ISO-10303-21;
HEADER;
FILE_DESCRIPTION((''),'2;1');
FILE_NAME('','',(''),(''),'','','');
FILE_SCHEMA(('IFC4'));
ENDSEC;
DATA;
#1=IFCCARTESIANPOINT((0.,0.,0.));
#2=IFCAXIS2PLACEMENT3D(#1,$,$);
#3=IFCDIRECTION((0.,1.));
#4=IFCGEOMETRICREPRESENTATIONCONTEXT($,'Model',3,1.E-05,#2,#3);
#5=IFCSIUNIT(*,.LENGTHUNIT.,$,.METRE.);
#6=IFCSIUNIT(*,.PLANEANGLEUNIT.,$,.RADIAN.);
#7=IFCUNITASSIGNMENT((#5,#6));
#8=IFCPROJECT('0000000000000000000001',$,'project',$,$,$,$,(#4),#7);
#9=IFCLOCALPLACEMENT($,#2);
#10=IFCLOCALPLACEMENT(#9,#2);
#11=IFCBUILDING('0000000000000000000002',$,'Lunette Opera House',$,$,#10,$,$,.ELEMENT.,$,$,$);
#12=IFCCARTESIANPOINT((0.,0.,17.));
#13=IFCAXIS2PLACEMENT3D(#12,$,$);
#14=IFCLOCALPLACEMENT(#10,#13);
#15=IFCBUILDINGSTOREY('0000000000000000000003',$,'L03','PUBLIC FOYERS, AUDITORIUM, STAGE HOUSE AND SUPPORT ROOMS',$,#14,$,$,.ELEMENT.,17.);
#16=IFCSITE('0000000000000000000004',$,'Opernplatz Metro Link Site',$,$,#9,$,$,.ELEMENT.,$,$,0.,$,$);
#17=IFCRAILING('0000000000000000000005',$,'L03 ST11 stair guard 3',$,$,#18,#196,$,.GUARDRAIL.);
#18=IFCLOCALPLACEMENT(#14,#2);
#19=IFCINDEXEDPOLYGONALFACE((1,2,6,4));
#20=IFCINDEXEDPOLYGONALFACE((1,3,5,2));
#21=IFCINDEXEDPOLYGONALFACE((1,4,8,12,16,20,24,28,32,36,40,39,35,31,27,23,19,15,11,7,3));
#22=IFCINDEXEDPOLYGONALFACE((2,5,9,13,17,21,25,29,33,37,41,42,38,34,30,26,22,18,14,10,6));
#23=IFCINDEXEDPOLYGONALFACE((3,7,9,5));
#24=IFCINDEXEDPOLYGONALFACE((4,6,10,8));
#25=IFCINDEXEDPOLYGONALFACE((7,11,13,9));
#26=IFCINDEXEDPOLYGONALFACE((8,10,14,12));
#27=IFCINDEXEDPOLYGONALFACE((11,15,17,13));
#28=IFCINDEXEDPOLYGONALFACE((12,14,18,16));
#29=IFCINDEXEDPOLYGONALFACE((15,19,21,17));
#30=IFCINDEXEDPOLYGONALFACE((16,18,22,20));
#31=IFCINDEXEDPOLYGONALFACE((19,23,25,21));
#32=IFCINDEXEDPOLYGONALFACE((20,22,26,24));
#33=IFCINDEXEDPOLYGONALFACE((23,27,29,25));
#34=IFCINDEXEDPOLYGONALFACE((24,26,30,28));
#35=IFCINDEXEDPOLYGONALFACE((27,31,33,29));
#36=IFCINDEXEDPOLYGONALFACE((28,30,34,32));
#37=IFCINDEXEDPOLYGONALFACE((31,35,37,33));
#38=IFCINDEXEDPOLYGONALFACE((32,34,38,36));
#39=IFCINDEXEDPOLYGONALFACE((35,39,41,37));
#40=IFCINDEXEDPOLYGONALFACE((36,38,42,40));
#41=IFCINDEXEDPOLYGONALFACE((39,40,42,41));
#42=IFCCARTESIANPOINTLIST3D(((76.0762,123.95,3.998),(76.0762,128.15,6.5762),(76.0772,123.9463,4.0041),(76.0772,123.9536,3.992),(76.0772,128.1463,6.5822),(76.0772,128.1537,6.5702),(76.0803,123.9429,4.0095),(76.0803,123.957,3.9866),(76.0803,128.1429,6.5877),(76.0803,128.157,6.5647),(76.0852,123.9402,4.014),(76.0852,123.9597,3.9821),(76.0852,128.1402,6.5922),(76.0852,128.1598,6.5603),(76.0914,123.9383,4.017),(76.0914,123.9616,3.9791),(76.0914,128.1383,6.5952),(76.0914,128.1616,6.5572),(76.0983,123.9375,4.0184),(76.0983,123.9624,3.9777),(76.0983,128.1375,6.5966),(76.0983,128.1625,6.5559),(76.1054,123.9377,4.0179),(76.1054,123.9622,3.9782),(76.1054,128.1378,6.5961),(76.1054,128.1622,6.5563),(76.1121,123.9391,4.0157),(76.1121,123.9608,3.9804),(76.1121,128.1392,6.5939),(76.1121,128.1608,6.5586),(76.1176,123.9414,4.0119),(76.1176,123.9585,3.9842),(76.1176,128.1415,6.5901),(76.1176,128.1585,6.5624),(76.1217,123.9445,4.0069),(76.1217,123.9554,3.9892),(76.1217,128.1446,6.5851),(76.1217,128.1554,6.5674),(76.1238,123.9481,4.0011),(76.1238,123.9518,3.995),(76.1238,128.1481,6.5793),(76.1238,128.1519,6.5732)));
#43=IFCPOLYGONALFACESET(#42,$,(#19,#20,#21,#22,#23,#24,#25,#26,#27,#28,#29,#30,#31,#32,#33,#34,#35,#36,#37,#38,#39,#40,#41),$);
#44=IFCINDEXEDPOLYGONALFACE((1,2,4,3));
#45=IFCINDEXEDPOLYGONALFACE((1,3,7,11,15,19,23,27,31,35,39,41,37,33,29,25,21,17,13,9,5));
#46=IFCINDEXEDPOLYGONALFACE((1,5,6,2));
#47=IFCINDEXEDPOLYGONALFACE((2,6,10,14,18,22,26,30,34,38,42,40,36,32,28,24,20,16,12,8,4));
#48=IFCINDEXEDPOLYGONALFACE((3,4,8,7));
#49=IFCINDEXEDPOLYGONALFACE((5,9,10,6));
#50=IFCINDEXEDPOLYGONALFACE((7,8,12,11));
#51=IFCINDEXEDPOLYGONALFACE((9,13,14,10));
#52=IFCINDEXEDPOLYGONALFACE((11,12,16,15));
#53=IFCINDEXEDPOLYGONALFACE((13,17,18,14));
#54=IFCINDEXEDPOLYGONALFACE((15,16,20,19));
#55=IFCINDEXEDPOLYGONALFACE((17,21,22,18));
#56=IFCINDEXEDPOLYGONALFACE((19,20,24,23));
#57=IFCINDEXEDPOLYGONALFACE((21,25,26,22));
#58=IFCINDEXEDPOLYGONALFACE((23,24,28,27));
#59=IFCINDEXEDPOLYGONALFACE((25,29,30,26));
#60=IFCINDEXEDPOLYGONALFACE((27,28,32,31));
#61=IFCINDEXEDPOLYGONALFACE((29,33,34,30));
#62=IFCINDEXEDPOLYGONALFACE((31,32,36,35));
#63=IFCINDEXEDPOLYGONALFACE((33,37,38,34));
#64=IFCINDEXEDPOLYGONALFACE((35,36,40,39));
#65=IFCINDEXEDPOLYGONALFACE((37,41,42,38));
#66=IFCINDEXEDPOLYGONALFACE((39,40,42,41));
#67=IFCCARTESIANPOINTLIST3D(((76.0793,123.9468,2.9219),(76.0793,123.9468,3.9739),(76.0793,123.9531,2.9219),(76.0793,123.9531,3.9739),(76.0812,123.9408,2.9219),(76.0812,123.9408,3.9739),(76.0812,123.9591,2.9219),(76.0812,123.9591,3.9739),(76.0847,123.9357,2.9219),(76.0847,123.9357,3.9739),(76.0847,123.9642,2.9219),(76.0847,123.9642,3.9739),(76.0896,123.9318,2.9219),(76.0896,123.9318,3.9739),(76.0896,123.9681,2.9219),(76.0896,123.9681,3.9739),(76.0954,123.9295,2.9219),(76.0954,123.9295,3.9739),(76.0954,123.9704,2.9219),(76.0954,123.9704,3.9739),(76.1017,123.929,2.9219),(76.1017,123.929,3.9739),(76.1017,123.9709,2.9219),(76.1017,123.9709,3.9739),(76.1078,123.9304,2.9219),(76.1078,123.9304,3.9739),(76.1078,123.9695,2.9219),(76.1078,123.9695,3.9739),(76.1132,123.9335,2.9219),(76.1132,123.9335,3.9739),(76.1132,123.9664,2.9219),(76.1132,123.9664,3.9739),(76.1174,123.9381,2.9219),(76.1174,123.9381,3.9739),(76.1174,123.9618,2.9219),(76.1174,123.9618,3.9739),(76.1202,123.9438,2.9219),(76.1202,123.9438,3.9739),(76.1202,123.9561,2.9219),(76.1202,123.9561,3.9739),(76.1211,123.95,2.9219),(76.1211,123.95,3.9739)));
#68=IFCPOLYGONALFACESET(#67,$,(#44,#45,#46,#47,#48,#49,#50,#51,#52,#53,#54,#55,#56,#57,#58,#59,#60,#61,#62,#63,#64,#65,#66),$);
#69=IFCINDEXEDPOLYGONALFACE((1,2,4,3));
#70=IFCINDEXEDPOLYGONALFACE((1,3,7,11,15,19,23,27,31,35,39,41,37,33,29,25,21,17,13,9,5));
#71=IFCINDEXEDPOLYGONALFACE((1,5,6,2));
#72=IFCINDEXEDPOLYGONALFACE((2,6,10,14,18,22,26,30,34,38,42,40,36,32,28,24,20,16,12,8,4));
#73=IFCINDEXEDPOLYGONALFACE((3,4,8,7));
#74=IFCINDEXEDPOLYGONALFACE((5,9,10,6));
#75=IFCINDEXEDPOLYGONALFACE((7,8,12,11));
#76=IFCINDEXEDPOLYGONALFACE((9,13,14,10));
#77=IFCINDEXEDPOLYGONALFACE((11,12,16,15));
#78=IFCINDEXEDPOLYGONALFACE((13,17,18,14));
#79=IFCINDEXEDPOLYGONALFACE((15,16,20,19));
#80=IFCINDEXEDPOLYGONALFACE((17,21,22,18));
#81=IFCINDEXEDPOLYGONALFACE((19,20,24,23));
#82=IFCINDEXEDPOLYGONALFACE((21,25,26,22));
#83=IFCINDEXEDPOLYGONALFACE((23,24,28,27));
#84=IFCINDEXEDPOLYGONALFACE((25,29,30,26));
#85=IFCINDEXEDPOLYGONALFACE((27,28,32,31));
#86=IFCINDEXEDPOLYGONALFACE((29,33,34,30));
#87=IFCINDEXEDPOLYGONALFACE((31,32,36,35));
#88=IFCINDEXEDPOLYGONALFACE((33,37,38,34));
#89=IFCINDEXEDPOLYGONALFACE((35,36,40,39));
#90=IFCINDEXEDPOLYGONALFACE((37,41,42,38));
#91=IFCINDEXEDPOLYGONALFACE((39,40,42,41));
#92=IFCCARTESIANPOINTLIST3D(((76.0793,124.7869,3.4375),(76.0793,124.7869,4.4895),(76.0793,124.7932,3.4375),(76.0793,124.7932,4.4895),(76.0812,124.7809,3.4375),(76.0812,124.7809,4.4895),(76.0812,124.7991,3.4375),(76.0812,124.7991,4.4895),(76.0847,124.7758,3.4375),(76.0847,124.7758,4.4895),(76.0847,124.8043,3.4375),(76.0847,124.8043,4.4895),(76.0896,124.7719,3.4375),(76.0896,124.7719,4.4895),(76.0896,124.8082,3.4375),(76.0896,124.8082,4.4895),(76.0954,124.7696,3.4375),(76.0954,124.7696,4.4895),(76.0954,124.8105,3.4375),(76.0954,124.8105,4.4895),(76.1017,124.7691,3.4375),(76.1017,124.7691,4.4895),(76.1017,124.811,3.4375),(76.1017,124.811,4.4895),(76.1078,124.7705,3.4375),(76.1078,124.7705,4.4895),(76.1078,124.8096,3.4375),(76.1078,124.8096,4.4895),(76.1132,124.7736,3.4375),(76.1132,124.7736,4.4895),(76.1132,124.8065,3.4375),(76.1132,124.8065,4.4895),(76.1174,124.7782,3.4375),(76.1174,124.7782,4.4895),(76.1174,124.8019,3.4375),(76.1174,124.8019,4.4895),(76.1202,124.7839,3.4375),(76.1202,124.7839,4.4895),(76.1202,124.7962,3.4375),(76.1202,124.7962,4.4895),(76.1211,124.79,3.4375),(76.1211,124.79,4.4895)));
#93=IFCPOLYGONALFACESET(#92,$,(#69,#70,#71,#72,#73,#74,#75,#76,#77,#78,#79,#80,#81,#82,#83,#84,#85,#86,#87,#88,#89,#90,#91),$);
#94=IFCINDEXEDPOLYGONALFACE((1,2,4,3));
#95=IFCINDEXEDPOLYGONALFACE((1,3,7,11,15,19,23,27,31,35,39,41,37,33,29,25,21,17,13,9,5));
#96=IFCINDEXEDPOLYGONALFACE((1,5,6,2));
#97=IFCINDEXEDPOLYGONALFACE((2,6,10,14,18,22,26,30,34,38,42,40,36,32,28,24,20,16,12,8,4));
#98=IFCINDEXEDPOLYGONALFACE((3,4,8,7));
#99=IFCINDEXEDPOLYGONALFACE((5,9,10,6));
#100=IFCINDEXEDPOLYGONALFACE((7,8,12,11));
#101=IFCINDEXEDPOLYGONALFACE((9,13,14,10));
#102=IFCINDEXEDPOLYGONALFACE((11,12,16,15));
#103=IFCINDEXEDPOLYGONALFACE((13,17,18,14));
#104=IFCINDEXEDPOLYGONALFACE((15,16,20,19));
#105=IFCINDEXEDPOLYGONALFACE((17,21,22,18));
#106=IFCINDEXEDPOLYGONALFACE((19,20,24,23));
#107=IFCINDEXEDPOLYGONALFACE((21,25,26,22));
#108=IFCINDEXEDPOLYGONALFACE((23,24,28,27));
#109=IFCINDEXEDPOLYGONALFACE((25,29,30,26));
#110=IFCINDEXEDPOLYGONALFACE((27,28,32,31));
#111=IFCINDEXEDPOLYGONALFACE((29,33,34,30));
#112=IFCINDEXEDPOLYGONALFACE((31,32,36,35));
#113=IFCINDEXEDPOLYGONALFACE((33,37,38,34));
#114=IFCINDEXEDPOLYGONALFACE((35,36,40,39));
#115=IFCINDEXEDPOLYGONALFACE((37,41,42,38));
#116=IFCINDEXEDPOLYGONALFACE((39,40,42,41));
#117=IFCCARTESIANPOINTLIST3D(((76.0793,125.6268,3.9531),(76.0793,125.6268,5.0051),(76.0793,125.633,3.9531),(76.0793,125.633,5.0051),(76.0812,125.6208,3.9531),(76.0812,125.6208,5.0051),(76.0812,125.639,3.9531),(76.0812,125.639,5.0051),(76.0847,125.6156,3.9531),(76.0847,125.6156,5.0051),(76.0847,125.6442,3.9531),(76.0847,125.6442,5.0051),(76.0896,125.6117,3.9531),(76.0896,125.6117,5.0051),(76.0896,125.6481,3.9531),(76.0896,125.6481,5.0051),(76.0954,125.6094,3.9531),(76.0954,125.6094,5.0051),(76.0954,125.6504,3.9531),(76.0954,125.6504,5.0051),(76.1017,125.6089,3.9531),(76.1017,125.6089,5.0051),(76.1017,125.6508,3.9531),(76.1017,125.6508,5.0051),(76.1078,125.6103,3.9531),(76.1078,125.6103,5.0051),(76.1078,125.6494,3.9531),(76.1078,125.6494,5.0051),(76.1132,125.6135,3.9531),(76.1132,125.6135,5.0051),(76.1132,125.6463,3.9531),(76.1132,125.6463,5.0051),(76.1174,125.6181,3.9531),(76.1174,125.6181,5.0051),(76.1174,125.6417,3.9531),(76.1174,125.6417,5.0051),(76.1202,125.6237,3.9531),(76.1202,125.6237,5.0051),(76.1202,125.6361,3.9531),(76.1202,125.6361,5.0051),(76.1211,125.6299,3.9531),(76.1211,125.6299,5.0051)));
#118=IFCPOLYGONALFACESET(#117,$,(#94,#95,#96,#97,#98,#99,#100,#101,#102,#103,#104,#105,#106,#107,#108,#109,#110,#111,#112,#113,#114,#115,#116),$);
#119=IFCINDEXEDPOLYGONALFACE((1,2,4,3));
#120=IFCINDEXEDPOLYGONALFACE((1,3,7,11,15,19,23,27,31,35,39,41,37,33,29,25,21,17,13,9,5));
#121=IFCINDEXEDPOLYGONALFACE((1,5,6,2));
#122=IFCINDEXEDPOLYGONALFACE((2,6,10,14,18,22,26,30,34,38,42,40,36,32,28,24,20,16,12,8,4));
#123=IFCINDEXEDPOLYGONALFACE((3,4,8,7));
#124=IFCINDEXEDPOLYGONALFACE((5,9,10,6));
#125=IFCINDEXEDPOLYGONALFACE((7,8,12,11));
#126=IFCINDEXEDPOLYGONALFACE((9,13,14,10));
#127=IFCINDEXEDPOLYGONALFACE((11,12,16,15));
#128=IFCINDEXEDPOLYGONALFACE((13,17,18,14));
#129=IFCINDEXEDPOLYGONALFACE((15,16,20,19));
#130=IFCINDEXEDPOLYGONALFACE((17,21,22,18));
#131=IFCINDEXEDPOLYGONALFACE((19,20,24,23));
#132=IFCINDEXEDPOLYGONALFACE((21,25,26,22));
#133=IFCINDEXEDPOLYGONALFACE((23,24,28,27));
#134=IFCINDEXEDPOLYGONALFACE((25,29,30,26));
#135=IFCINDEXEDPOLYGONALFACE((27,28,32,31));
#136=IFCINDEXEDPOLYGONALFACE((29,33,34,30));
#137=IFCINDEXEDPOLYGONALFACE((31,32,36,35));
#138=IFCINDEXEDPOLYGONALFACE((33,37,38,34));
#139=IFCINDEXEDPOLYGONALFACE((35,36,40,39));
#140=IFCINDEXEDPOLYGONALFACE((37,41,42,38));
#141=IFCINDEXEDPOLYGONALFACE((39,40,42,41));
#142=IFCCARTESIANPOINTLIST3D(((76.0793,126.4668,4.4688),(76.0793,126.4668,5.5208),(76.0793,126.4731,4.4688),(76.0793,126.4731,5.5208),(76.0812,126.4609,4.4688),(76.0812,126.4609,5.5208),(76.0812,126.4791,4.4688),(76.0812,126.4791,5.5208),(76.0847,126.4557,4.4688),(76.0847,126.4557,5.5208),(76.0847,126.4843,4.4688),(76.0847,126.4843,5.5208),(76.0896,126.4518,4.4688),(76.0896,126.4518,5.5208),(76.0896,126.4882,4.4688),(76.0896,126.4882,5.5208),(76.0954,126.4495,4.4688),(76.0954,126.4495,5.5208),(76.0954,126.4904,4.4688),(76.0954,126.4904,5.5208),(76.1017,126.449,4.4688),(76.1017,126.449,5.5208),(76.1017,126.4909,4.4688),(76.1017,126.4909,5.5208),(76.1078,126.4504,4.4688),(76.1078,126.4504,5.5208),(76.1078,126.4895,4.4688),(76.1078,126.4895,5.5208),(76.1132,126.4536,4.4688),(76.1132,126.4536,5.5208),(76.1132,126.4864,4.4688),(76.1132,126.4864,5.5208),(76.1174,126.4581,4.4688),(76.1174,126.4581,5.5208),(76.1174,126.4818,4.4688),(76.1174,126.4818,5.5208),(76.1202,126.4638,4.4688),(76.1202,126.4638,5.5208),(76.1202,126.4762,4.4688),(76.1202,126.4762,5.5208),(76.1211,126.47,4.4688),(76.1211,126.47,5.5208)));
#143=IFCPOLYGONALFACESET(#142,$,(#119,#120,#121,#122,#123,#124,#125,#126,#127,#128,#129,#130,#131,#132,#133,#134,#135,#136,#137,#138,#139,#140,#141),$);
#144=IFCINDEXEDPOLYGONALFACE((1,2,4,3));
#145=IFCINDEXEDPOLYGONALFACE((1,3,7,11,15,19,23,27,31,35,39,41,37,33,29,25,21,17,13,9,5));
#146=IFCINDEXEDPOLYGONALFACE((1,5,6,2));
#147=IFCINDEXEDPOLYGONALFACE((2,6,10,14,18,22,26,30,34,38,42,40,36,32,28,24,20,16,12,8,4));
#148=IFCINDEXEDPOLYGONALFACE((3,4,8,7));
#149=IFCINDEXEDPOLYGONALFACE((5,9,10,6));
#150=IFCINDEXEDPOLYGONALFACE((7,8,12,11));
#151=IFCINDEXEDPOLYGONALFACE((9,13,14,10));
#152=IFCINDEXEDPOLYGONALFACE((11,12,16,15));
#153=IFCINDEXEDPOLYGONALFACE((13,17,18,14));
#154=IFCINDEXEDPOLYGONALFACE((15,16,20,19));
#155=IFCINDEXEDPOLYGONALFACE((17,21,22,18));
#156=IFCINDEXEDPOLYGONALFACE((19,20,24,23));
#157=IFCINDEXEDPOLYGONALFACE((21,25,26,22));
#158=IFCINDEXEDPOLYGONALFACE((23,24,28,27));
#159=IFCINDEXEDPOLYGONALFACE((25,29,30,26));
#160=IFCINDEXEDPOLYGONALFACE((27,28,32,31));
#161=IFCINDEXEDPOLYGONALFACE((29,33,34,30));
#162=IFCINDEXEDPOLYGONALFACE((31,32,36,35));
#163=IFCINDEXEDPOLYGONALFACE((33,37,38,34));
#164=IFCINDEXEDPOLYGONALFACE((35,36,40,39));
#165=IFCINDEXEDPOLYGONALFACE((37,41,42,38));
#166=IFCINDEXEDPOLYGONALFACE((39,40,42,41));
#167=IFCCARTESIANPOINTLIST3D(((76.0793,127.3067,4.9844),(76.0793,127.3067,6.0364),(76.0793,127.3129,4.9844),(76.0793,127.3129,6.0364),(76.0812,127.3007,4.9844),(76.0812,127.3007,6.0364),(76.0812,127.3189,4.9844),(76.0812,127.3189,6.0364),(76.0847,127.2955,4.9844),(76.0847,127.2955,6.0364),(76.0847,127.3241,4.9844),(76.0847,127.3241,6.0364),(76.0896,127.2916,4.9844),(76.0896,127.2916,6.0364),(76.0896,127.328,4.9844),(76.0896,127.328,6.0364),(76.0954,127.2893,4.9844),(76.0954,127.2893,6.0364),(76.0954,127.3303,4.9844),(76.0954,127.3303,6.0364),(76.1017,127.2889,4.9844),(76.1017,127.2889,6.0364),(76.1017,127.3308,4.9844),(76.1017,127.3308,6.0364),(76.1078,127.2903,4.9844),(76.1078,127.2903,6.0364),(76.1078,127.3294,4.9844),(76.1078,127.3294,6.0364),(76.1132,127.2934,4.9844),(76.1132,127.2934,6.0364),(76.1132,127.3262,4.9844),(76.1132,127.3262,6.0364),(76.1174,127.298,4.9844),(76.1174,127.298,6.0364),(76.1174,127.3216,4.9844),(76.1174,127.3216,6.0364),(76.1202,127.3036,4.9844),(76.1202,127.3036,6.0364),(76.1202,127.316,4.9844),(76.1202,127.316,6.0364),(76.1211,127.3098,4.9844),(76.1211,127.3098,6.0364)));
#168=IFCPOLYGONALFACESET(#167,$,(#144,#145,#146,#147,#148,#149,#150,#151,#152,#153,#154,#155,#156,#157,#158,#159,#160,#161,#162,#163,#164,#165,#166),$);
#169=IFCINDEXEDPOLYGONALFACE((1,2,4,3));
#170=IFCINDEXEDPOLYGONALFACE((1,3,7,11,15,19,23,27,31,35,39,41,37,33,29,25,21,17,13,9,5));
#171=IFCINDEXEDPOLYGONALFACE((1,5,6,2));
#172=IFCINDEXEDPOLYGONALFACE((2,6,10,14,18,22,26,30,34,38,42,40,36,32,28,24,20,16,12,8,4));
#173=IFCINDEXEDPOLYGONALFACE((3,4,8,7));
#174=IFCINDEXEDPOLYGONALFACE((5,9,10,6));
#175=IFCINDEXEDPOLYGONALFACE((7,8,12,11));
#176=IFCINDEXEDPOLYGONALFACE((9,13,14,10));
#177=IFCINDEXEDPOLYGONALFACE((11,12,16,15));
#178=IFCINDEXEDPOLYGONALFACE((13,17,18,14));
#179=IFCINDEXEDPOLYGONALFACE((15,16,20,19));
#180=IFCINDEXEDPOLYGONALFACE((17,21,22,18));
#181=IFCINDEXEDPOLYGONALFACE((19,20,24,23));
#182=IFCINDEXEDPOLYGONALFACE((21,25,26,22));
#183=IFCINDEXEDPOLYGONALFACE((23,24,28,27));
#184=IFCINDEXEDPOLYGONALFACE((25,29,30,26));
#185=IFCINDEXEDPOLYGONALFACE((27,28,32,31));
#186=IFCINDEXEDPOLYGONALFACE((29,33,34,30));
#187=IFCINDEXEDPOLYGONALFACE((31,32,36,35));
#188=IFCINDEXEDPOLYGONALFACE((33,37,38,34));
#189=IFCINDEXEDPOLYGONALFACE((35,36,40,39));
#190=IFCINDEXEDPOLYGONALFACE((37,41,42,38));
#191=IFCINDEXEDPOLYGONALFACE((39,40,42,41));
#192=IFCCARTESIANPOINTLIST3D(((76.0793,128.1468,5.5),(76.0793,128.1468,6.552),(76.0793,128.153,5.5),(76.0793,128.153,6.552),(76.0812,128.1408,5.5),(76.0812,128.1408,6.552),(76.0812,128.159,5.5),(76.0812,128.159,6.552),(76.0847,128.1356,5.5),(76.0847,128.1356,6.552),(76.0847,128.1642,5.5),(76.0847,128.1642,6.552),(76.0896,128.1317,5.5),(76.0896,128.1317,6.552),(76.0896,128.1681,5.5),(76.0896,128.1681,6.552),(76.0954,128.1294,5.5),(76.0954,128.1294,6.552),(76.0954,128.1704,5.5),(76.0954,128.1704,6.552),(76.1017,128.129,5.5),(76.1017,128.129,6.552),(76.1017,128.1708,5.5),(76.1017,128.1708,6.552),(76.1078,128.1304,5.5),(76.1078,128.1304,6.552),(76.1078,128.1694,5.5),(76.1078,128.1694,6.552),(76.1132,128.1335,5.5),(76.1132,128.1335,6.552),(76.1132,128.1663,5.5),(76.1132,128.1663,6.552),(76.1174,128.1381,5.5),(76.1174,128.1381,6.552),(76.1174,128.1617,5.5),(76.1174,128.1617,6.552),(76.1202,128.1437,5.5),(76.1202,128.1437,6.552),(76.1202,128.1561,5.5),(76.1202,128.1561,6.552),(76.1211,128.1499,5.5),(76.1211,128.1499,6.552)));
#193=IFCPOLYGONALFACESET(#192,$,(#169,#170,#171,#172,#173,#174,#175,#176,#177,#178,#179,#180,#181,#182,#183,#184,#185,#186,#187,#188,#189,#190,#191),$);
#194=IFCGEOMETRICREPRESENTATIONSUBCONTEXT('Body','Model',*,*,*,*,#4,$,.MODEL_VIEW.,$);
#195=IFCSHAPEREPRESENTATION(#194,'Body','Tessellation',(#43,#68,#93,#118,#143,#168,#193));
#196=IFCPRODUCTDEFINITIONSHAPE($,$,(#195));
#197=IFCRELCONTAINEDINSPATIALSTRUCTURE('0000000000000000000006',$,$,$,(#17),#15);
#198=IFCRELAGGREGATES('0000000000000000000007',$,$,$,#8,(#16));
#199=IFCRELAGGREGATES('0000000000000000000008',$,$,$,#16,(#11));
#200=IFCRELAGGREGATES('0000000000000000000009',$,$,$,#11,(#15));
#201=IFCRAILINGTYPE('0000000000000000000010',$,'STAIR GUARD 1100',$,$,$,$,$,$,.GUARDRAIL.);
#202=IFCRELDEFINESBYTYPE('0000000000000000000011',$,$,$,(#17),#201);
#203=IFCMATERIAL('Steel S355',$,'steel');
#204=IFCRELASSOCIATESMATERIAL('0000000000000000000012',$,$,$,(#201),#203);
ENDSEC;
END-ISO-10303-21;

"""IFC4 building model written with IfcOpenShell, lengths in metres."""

from ifc_helpers import new_model, si_unit, direction, frame, origin, origin_2d, place, context, subcontext, project, spatial, circle, extrude, material, type_object, element, save


model = new_model("IFC4")

# Units and contexts
model_context = context("Model", 3, precision=1e-05, world=origin(), true_north=direction((0.0, 1.0)))
body_context = subcontext(model_context, "Body", "Model", "MODEL_VIEW")
ifc_project = project(units=[si_unit("LENGTHUNIT", "METRE"), si_unit("PLANEANGLEUNIT", "RADIAN")], contexts=[model_context])

# Site, building, storey
site_placement = place(None, origin())
site = spatial("IfcSite", under=ifc_project, at=site_placement, Name="Opernplatz Metro Link Site", CompositionType="ELEMENT", RefElevation=0.0)
building_placement = place(site_placement, origin())
building = spatial("IfcBuilding", under=site, at=building_placement, Name="Lunette Opera House", CompositionType="ELEMENT")
storey_placement = place(building_placement, frame((0.0, 0.0, 17.0)))
storey = spatial("IfcBuildingStorey", under=building, at=storey_placement, Name="L03", Description="PUBLIC FOYERS, AUDITORIUM, STAGE HOUSE AND SUPPORT ROOMS", CompositionType="ELEMENT", Elevation=17.0)

# Railing
ifc_material_1 = material(Name="Steel S355", Category="steel")
railing_type_1 = type_object("IfcRailingType", Name="STAIR GUARD 1100", PredefinedType="GUARDRAIL", material=ifc_material_1)
railing_1_placement = place(storey_placement, frame((76.1001, 123.95, 2.9219)))
element("IfcRailing", 1, at=railing_1_placement, inside=storey, type_object=railing_type_1, Name="L03 ST11 stair guard 3", PredefinedType="GUARDRAIL", context=body_context, shape_type="SweptSolid", body=[
    extrude(circle(Radius=0.0239, at=origin_2d()), frame((0.0, 0.0, 1.0762), z_axis=(0.0, 0.852243, 0.523146), x_axis=(-1.0, 0.0, 0.0)), (0.0, 0.0, 1.0), 4.9282),
    extrude(circle(Radius=0.021, at=origin_2d()), origin(), (0.0, 0.0, 1.0), 1.052),
    extrude(circle(Radius=0.021, at=origin_2d()), frame((0.0, 0.8401, 0.5156)), (0.0, 0.0, 1.0), 1.052),
    extrude(circle(Radius=0.021, at=origin_2d()), frame((0.0, 1.6799, 1.0312)), (0.0, 0.0, 1.0), 1.052),
    extrude(circle(Radius=0.021, at=origin_2d()), frame((0.0, 2.52, 1.5469)), (0.0, 0.0, 1.0), 1.052),
    extrude(circle(Radius=0.021, at=origin_2d()), frame((0.0, 3.3599, 2.0625)), (0.0, 0.0, 1.0), 1.052),
    extrude(circle(Radius=0.021, at=origin_2d()), frame((0.0, 4.2, 2.5781)), (0.0, 0.0, 1.0), 1.052),
])

save(model, "model.ifc")
